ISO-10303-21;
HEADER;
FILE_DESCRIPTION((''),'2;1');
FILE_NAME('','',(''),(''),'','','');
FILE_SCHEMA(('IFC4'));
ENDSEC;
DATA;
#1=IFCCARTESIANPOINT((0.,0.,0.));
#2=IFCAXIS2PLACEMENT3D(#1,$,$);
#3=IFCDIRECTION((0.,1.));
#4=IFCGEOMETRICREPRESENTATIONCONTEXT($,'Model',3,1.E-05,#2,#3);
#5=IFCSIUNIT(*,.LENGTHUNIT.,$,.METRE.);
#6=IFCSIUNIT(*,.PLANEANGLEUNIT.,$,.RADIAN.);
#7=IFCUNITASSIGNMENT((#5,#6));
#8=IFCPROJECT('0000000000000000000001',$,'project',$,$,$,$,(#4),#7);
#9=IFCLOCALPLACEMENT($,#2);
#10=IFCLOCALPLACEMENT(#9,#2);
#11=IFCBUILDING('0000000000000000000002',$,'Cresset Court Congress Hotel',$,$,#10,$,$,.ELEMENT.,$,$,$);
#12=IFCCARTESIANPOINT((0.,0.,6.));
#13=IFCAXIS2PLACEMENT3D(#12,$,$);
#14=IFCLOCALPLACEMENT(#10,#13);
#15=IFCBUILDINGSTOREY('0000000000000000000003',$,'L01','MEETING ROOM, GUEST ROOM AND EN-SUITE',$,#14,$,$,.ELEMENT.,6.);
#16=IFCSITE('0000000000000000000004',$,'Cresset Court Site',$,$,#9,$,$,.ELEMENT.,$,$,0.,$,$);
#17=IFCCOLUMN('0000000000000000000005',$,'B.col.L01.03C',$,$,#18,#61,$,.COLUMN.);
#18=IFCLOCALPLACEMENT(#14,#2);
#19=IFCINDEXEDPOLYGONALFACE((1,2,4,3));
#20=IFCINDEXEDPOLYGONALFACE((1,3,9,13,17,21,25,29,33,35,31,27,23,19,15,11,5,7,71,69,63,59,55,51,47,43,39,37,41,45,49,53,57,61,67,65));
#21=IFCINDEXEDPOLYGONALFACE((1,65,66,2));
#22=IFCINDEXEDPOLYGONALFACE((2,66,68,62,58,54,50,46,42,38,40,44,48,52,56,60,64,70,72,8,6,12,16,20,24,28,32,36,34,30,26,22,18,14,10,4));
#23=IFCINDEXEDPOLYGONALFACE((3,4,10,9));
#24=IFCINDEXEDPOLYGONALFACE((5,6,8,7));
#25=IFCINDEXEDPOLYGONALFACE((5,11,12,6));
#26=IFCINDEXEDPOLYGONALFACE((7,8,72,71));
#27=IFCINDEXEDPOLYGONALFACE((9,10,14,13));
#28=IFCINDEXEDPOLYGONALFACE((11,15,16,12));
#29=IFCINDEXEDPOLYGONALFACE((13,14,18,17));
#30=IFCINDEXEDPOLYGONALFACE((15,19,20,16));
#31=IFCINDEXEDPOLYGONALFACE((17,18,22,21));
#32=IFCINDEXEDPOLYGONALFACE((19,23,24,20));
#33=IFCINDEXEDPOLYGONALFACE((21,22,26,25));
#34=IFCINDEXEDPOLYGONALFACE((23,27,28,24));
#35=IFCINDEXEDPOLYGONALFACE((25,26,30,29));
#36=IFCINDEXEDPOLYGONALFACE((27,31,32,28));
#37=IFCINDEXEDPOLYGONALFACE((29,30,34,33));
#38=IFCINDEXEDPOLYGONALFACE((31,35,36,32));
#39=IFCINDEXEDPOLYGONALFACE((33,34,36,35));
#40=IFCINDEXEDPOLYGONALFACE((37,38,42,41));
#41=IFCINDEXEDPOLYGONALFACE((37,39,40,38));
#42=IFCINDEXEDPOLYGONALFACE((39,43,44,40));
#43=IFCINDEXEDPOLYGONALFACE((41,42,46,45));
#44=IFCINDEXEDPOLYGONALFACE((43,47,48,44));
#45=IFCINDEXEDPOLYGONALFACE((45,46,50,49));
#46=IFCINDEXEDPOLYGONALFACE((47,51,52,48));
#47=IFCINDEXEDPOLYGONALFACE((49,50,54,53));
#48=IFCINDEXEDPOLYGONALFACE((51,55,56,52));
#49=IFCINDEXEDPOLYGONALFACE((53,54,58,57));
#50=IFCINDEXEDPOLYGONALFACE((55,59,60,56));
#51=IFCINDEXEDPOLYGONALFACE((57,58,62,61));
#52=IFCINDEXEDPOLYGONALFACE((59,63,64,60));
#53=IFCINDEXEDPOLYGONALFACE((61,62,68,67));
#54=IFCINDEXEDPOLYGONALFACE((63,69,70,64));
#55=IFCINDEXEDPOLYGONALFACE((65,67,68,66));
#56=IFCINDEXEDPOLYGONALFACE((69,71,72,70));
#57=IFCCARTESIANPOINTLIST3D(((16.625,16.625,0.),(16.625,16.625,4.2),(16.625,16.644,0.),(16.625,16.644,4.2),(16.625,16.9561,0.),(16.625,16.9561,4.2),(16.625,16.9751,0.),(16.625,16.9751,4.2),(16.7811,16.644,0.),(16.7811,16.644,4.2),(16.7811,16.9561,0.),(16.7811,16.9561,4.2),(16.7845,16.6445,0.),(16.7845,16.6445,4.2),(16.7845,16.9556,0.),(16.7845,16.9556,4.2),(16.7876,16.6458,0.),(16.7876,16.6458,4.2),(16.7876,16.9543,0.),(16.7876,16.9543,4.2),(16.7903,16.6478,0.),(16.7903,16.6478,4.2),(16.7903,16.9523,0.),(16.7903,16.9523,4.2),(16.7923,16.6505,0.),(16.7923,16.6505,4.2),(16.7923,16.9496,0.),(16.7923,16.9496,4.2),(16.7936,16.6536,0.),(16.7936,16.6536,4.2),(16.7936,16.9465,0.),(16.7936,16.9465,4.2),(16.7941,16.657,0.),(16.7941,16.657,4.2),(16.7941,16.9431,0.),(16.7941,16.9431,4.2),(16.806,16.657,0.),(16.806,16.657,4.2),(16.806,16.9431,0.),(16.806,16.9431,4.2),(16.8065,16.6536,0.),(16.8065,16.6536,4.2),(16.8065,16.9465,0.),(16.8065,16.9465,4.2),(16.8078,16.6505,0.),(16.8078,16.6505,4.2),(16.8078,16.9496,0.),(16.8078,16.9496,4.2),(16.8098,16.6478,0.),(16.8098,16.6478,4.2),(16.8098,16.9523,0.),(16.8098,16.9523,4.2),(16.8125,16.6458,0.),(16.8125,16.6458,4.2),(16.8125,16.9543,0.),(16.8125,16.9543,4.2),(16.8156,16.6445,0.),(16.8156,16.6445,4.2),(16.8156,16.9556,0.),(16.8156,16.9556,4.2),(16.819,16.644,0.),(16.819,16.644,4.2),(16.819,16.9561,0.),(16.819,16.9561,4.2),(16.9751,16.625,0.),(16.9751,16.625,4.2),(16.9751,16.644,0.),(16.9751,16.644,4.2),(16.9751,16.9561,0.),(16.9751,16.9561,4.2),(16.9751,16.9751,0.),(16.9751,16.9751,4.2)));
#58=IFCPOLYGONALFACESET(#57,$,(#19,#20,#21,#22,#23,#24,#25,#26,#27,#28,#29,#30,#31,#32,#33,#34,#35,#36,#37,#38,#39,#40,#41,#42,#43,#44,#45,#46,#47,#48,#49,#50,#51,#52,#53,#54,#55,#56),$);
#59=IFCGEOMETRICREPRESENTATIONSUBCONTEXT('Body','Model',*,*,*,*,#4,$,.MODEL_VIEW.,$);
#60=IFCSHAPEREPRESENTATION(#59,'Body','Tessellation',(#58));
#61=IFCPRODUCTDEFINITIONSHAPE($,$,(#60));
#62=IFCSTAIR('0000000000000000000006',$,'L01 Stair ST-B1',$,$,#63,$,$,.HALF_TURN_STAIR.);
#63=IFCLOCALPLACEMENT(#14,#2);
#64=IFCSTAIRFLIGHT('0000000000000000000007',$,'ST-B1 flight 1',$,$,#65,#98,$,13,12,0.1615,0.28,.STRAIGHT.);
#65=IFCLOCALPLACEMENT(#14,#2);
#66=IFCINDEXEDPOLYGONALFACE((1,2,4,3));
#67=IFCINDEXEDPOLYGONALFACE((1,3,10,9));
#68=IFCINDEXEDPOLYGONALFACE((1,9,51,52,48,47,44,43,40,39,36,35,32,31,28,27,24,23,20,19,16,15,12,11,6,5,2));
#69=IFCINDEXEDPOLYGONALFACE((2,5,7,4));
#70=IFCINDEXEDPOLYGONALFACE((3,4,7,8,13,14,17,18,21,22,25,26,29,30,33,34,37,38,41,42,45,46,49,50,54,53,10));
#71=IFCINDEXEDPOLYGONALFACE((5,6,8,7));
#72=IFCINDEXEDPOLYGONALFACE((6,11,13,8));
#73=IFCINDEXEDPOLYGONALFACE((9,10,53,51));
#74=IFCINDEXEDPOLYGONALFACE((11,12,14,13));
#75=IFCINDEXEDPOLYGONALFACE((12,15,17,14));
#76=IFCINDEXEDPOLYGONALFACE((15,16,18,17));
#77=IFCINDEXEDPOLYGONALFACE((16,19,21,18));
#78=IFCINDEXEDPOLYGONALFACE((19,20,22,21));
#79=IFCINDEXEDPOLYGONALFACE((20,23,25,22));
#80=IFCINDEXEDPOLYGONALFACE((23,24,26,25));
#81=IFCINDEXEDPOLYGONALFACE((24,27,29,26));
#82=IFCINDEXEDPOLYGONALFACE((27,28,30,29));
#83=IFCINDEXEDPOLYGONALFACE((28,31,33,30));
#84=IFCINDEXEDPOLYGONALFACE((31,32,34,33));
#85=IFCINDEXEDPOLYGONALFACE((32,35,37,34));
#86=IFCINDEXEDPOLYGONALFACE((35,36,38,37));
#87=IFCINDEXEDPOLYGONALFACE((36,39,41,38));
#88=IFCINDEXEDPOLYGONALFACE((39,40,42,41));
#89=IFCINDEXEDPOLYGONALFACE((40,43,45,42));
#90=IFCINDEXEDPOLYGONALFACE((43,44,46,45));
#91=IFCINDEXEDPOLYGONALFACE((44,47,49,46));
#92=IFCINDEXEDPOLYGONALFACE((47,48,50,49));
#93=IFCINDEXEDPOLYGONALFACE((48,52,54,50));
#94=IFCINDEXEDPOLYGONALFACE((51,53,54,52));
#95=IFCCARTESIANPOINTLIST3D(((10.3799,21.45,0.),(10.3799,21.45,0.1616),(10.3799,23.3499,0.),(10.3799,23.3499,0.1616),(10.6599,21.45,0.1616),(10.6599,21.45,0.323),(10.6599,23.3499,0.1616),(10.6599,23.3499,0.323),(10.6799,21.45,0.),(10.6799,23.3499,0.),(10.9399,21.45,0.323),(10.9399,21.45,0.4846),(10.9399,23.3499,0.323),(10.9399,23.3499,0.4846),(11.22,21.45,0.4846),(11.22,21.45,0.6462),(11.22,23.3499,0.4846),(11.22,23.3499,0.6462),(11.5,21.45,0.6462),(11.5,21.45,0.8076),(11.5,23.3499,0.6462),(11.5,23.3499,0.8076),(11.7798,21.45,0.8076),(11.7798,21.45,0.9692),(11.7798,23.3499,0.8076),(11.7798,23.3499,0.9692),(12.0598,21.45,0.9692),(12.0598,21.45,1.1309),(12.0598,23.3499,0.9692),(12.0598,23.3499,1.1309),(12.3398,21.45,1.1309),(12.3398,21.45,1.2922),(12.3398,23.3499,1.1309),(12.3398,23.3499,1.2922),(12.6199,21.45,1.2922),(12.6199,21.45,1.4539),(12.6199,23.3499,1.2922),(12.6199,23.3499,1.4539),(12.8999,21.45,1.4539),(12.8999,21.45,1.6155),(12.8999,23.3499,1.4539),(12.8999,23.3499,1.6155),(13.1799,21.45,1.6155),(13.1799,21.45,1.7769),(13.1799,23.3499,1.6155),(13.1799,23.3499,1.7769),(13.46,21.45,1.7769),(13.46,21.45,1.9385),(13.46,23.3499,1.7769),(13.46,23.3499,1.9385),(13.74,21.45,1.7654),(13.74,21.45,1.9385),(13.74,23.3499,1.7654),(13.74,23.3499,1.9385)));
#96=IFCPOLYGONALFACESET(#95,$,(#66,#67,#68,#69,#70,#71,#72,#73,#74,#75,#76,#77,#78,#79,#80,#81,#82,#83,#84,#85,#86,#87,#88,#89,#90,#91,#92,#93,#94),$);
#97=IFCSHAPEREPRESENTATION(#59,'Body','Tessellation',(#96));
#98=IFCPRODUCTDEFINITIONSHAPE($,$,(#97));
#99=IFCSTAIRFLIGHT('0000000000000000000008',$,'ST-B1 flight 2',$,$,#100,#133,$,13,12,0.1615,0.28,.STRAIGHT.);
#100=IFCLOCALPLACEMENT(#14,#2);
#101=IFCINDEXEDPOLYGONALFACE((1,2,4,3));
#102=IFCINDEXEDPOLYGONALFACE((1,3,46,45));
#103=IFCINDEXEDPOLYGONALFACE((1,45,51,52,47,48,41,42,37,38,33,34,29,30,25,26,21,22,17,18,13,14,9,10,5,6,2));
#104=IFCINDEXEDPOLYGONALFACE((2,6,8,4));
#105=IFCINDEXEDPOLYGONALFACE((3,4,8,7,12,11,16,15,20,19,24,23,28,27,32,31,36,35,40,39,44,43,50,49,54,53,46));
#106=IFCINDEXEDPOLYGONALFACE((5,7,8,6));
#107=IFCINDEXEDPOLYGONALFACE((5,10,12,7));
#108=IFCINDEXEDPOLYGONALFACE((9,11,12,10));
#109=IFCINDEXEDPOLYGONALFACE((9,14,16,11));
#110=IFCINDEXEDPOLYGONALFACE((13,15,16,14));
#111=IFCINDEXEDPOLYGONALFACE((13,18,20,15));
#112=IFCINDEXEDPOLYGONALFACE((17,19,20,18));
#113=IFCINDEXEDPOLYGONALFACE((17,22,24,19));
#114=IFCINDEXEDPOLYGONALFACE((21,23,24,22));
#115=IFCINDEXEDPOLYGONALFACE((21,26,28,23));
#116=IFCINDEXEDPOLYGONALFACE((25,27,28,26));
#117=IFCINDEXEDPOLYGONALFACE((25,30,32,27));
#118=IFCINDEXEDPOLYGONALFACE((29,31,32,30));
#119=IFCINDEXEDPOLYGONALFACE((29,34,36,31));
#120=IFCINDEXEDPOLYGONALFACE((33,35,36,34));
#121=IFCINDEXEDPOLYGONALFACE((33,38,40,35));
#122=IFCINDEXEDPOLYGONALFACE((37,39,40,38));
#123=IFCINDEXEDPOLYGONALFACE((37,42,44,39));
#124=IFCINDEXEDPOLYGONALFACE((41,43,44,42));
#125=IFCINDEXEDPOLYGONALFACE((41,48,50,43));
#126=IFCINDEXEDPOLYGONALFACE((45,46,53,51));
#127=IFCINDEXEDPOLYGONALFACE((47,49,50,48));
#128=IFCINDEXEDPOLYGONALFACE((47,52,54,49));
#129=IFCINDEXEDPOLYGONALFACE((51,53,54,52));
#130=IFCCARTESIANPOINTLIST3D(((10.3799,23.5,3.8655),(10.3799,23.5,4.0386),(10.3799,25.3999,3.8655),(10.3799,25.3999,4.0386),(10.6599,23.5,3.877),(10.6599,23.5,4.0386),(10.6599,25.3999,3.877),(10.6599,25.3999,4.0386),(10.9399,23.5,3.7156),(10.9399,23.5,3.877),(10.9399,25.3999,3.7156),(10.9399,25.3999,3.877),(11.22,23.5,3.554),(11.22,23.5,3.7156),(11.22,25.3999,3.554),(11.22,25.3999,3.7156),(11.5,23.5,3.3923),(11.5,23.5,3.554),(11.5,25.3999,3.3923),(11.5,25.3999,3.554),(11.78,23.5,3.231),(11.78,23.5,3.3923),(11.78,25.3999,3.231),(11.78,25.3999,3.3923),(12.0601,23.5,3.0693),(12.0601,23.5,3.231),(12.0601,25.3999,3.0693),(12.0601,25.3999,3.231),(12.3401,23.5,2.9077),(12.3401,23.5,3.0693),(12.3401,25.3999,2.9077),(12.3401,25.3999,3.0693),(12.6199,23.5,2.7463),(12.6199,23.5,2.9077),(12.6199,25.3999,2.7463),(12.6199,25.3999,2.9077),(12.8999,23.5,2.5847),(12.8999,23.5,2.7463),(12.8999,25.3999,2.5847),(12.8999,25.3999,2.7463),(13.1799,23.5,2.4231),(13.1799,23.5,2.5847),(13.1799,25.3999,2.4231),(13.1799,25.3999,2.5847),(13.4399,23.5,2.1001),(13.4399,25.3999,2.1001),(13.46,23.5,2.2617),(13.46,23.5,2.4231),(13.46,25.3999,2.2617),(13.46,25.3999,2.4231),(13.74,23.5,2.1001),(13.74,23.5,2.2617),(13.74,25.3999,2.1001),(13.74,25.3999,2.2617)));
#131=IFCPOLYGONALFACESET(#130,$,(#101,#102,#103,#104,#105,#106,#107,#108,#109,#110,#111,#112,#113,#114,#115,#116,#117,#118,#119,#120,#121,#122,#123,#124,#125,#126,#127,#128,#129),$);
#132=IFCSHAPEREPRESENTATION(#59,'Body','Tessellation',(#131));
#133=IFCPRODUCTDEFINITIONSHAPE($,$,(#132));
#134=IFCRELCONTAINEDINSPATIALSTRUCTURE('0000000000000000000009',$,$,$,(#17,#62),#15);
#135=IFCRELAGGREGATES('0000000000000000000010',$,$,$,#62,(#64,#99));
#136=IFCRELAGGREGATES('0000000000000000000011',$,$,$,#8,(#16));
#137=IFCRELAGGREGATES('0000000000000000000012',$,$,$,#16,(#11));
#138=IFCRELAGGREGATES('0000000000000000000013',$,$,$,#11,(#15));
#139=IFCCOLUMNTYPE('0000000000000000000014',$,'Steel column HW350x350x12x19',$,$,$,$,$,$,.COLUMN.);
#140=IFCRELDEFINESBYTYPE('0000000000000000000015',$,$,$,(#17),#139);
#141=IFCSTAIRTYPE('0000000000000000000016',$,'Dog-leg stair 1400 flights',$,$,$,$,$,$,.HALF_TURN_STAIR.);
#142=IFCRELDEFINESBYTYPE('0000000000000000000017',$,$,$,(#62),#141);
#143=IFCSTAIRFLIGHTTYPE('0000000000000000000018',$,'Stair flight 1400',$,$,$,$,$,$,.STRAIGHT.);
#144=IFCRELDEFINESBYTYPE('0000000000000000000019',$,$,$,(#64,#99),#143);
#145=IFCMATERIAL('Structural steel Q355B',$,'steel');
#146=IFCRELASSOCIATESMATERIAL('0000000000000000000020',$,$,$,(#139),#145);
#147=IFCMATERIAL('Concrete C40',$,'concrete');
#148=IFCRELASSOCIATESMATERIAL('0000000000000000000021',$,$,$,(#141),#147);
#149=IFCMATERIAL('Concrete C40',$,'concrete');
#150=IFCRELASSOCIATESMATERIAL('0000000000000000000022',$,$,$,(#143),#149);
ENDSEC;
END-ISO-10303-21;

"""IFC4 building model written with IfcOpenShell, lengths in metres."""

from ifc_helpers import new_model, si_unit, direction, frame, origin, origin_2d, place, context, subcontext, project, spatial, polyline, i_section, outline, extrude, material, material_profile, profile_set, type_object, element, aggregate, save


model = new_model("IFC4")

# Units and contexts
model_context = context("Model", 3, precision=1e-05, world=origin(), true_north=direction((0.0, 1.0)))
body_context = subcontext(model_context, "Body", "Model", "MODEL_VIEW")
ifc_project = project(units=[si_unit("LENGTHUNIT", "METRE"), si_unit("PLANEANGLEUNIT", "RADIAN")], contexts=[model_context])

# Site, building, storey
site_placement = place(None, origin())
site = spatial("IfcSite", under=ifc_project, at=site_placement, Name="Cresset Court Site", CompositionType="ELEMENT", RefElevation=0.0)
building_placement = place(site_placement, origin())
building = spatial("IfcBuilding", under=site, at=building_placement, Name="Cresset Court Congress Hotel", CompositionType="ELEMENT")
storey_placement = place(building_placement, frame((0.0, 0.0, 6.0)))
storey = spatial("IfcBuildingStorey", under=building, at=storey_placement, Name="L01", Description="MEETING ROOM, GUEST ROOM AND EN-SUITE", CompositionType="ELEMENT", Elevation=6.0)

# Column
ifc_material_1 = material(Name="Structural steel Q355B", Category="steel")
ifc_material_profile = material_profile(ifc_material_1, i_section(OverallWidth=0.3501, OverallDepth=0.3501, WebThickness=0.012, FlangeThickness=0.019, FilletRadius=0.0129, at=origin_2d()), Name="HW350x350x12x19")
ifc_profile_set = profile_set([ifc_material_profile], Name="Structural steel Q355B")
column_type = type_object("IfcColumnType", Name="Steel column HW350x350x12x19", PredefinedType="COLUMN", material=ifc_profile_set)
column_placement = place(storey_placement, frame((16.8, 16.8, 0.0), z_axis=(0.0, 0.0, 1.0), x_axis=(1.0, 0.0, 0.0)))
element("IfcColumn", 1, at=column_placement, inside=storey, type_object=column_type, Name="B.col.L01.03C", PredefinedType="COLUMN", context=body_context, shape_type="SweptSolid", body=[
    extrude(i_section(OverallWidth=0.3501, OverallDepth=0.3501, WebThickness=0.012, FlangeThickness=0.019, FilletRadius=0.0129, at=origin_2d()), origin(), (0.0, 0.0, 1.0), 4.2),
])

# Stair, stair flights
ifc_material_2 = material(Name="Concrete C40", Category="concrete")
stair_type = type_object("IfcStairType", Name="Dog-leg stair 1400 flights", PredefinedType="HALF_TURN_STAIR", material=ifc_material_2)
stair_placement = place(storey_placement, origin())
stair = element("IfcStair", 2, at=stair_placement, inside=storey, type_object=stair_type, Name="L01 Stair ST-B1", PredefinedType="HALF_TURN_STAIR")
ifc_material_3 = material(Name="Concrete C40", Category="concrete")
stair_flight_type = type_object("IfcStairFlightType", Name="Stair flight 1400", PredefinedType="STRAIGHT", material=ifc_material_3)
stair_flight_1_placement = place(storey_placement, frame((10.3799, 22.3999, 0.0), z_axis=(0.0, 0.0, 1.0), x_axis=(1.0, 0.0, 0.0)))
stair_flight_1 = element("IfcStairFlight", 3, at=stair_flight_1_placement, type_object=stair_flight_type, Name="ST-B1 flight 1", NumberOfRisers=13, NumberOfTreads=12, PredefinedType="STRAIGHT", RiserHeight=0.1615, TreadLength=0.28, context=body_context, shape_type="SweptSolid", body=[
    extrude(outline(polyline([(0.0, 0.0), (0.0, 0.1616), (0.28, 0.1616), (0.28, 0.323), (0.5601, 0.323), (0.5601, 0.4846), (0.8401, 0.4846), (0.8401, 0.6462), (1.1201, 0.6462), (1.1201, 0.8076), (1.3999, 0.8076), (1.3999, 0.9692), (1.6799, 0.9692), (1.6799, 1.1309), (1.96, 1.1309), (1.96, 1.2922), (2.24, 1.2922), (2.24, 1.4539), (2.52, 1.4539), (2.52, 1.6155), (2.8, 1.6155), (2.8, 1.7769), (3.0801, 1.7769), (3.0801, 1.9385), (3.3601, 1.9385), (3.3601, 2.1001), (3.3601, 1.7654), (0.3, 0.0), (0.0, 0.0)])), frame((0.0, 0.95, 0.0), z_axis=(0.0, -1.0, 0.0), x_axis=(1.0, 0.0, 0.0)), (0.0, 0.0, 1.0), 1.8999),
])
stair_flight_2_placement = place(storey_placement, frame((13.74, 24.45, 2.1001), z_axis=(0.0, 0.0, 1.0), x_axis=(-1.0, 0.0, 0.0)))
stair_flight_2 = element("IfcStairFlight", 4, at=stair_flight_2_placement, type_object=stair_flight_type, Name="ST-B1 flight 2", NumberOfRisers=13, NumberOfTreads=12, PredefinedType="STRAIGHT", RiserHeight=0.1615, TreadLength=0.28, context=body_context, shape_type="SweptSolid", body=[
    extrude(outline(polyline([(0.0, 0.0), (0.0, 0.1616), (0.28, 0.1616), (0.28, 0.323), (0.5601, 0.323), (0.5601, 0.4846), (0.8401, 0.4846), (0.8401, 0.6462), (1.1201, 0.6462), (1.1201, 0.8076), (1.3999, 0.8076), (1.3999, 0.9692), (1.6799, 0.9692), (1.6799, 1.1309), (1.96, 1.1309), (1.96, 1.2922), (2.24, 1.2922), (2.24, 1.4539), (2.52, 1.4539), (2.52, 1.6155), (2.8, 1.6155), (2.8, 1.7769), (3.0801, 1.7769), (3.0801, 1.9385), (3.3601, 1.9385), (3.3601, 2.1001), (3.3601, 1.7654), (0.3, 0.0), (0.0, 0.0)])), frame((0.0, 0.95, 0.0), z_axis=(0.0, -1.0, 0.0), x_axis=(1.0, 0.0, 0.0)), (0.0, 0.0, 1.0), 1.8999),
])
aggregate(stair, [stair_flight_1, stair_flight_2])

save(model, "model.ifc")
